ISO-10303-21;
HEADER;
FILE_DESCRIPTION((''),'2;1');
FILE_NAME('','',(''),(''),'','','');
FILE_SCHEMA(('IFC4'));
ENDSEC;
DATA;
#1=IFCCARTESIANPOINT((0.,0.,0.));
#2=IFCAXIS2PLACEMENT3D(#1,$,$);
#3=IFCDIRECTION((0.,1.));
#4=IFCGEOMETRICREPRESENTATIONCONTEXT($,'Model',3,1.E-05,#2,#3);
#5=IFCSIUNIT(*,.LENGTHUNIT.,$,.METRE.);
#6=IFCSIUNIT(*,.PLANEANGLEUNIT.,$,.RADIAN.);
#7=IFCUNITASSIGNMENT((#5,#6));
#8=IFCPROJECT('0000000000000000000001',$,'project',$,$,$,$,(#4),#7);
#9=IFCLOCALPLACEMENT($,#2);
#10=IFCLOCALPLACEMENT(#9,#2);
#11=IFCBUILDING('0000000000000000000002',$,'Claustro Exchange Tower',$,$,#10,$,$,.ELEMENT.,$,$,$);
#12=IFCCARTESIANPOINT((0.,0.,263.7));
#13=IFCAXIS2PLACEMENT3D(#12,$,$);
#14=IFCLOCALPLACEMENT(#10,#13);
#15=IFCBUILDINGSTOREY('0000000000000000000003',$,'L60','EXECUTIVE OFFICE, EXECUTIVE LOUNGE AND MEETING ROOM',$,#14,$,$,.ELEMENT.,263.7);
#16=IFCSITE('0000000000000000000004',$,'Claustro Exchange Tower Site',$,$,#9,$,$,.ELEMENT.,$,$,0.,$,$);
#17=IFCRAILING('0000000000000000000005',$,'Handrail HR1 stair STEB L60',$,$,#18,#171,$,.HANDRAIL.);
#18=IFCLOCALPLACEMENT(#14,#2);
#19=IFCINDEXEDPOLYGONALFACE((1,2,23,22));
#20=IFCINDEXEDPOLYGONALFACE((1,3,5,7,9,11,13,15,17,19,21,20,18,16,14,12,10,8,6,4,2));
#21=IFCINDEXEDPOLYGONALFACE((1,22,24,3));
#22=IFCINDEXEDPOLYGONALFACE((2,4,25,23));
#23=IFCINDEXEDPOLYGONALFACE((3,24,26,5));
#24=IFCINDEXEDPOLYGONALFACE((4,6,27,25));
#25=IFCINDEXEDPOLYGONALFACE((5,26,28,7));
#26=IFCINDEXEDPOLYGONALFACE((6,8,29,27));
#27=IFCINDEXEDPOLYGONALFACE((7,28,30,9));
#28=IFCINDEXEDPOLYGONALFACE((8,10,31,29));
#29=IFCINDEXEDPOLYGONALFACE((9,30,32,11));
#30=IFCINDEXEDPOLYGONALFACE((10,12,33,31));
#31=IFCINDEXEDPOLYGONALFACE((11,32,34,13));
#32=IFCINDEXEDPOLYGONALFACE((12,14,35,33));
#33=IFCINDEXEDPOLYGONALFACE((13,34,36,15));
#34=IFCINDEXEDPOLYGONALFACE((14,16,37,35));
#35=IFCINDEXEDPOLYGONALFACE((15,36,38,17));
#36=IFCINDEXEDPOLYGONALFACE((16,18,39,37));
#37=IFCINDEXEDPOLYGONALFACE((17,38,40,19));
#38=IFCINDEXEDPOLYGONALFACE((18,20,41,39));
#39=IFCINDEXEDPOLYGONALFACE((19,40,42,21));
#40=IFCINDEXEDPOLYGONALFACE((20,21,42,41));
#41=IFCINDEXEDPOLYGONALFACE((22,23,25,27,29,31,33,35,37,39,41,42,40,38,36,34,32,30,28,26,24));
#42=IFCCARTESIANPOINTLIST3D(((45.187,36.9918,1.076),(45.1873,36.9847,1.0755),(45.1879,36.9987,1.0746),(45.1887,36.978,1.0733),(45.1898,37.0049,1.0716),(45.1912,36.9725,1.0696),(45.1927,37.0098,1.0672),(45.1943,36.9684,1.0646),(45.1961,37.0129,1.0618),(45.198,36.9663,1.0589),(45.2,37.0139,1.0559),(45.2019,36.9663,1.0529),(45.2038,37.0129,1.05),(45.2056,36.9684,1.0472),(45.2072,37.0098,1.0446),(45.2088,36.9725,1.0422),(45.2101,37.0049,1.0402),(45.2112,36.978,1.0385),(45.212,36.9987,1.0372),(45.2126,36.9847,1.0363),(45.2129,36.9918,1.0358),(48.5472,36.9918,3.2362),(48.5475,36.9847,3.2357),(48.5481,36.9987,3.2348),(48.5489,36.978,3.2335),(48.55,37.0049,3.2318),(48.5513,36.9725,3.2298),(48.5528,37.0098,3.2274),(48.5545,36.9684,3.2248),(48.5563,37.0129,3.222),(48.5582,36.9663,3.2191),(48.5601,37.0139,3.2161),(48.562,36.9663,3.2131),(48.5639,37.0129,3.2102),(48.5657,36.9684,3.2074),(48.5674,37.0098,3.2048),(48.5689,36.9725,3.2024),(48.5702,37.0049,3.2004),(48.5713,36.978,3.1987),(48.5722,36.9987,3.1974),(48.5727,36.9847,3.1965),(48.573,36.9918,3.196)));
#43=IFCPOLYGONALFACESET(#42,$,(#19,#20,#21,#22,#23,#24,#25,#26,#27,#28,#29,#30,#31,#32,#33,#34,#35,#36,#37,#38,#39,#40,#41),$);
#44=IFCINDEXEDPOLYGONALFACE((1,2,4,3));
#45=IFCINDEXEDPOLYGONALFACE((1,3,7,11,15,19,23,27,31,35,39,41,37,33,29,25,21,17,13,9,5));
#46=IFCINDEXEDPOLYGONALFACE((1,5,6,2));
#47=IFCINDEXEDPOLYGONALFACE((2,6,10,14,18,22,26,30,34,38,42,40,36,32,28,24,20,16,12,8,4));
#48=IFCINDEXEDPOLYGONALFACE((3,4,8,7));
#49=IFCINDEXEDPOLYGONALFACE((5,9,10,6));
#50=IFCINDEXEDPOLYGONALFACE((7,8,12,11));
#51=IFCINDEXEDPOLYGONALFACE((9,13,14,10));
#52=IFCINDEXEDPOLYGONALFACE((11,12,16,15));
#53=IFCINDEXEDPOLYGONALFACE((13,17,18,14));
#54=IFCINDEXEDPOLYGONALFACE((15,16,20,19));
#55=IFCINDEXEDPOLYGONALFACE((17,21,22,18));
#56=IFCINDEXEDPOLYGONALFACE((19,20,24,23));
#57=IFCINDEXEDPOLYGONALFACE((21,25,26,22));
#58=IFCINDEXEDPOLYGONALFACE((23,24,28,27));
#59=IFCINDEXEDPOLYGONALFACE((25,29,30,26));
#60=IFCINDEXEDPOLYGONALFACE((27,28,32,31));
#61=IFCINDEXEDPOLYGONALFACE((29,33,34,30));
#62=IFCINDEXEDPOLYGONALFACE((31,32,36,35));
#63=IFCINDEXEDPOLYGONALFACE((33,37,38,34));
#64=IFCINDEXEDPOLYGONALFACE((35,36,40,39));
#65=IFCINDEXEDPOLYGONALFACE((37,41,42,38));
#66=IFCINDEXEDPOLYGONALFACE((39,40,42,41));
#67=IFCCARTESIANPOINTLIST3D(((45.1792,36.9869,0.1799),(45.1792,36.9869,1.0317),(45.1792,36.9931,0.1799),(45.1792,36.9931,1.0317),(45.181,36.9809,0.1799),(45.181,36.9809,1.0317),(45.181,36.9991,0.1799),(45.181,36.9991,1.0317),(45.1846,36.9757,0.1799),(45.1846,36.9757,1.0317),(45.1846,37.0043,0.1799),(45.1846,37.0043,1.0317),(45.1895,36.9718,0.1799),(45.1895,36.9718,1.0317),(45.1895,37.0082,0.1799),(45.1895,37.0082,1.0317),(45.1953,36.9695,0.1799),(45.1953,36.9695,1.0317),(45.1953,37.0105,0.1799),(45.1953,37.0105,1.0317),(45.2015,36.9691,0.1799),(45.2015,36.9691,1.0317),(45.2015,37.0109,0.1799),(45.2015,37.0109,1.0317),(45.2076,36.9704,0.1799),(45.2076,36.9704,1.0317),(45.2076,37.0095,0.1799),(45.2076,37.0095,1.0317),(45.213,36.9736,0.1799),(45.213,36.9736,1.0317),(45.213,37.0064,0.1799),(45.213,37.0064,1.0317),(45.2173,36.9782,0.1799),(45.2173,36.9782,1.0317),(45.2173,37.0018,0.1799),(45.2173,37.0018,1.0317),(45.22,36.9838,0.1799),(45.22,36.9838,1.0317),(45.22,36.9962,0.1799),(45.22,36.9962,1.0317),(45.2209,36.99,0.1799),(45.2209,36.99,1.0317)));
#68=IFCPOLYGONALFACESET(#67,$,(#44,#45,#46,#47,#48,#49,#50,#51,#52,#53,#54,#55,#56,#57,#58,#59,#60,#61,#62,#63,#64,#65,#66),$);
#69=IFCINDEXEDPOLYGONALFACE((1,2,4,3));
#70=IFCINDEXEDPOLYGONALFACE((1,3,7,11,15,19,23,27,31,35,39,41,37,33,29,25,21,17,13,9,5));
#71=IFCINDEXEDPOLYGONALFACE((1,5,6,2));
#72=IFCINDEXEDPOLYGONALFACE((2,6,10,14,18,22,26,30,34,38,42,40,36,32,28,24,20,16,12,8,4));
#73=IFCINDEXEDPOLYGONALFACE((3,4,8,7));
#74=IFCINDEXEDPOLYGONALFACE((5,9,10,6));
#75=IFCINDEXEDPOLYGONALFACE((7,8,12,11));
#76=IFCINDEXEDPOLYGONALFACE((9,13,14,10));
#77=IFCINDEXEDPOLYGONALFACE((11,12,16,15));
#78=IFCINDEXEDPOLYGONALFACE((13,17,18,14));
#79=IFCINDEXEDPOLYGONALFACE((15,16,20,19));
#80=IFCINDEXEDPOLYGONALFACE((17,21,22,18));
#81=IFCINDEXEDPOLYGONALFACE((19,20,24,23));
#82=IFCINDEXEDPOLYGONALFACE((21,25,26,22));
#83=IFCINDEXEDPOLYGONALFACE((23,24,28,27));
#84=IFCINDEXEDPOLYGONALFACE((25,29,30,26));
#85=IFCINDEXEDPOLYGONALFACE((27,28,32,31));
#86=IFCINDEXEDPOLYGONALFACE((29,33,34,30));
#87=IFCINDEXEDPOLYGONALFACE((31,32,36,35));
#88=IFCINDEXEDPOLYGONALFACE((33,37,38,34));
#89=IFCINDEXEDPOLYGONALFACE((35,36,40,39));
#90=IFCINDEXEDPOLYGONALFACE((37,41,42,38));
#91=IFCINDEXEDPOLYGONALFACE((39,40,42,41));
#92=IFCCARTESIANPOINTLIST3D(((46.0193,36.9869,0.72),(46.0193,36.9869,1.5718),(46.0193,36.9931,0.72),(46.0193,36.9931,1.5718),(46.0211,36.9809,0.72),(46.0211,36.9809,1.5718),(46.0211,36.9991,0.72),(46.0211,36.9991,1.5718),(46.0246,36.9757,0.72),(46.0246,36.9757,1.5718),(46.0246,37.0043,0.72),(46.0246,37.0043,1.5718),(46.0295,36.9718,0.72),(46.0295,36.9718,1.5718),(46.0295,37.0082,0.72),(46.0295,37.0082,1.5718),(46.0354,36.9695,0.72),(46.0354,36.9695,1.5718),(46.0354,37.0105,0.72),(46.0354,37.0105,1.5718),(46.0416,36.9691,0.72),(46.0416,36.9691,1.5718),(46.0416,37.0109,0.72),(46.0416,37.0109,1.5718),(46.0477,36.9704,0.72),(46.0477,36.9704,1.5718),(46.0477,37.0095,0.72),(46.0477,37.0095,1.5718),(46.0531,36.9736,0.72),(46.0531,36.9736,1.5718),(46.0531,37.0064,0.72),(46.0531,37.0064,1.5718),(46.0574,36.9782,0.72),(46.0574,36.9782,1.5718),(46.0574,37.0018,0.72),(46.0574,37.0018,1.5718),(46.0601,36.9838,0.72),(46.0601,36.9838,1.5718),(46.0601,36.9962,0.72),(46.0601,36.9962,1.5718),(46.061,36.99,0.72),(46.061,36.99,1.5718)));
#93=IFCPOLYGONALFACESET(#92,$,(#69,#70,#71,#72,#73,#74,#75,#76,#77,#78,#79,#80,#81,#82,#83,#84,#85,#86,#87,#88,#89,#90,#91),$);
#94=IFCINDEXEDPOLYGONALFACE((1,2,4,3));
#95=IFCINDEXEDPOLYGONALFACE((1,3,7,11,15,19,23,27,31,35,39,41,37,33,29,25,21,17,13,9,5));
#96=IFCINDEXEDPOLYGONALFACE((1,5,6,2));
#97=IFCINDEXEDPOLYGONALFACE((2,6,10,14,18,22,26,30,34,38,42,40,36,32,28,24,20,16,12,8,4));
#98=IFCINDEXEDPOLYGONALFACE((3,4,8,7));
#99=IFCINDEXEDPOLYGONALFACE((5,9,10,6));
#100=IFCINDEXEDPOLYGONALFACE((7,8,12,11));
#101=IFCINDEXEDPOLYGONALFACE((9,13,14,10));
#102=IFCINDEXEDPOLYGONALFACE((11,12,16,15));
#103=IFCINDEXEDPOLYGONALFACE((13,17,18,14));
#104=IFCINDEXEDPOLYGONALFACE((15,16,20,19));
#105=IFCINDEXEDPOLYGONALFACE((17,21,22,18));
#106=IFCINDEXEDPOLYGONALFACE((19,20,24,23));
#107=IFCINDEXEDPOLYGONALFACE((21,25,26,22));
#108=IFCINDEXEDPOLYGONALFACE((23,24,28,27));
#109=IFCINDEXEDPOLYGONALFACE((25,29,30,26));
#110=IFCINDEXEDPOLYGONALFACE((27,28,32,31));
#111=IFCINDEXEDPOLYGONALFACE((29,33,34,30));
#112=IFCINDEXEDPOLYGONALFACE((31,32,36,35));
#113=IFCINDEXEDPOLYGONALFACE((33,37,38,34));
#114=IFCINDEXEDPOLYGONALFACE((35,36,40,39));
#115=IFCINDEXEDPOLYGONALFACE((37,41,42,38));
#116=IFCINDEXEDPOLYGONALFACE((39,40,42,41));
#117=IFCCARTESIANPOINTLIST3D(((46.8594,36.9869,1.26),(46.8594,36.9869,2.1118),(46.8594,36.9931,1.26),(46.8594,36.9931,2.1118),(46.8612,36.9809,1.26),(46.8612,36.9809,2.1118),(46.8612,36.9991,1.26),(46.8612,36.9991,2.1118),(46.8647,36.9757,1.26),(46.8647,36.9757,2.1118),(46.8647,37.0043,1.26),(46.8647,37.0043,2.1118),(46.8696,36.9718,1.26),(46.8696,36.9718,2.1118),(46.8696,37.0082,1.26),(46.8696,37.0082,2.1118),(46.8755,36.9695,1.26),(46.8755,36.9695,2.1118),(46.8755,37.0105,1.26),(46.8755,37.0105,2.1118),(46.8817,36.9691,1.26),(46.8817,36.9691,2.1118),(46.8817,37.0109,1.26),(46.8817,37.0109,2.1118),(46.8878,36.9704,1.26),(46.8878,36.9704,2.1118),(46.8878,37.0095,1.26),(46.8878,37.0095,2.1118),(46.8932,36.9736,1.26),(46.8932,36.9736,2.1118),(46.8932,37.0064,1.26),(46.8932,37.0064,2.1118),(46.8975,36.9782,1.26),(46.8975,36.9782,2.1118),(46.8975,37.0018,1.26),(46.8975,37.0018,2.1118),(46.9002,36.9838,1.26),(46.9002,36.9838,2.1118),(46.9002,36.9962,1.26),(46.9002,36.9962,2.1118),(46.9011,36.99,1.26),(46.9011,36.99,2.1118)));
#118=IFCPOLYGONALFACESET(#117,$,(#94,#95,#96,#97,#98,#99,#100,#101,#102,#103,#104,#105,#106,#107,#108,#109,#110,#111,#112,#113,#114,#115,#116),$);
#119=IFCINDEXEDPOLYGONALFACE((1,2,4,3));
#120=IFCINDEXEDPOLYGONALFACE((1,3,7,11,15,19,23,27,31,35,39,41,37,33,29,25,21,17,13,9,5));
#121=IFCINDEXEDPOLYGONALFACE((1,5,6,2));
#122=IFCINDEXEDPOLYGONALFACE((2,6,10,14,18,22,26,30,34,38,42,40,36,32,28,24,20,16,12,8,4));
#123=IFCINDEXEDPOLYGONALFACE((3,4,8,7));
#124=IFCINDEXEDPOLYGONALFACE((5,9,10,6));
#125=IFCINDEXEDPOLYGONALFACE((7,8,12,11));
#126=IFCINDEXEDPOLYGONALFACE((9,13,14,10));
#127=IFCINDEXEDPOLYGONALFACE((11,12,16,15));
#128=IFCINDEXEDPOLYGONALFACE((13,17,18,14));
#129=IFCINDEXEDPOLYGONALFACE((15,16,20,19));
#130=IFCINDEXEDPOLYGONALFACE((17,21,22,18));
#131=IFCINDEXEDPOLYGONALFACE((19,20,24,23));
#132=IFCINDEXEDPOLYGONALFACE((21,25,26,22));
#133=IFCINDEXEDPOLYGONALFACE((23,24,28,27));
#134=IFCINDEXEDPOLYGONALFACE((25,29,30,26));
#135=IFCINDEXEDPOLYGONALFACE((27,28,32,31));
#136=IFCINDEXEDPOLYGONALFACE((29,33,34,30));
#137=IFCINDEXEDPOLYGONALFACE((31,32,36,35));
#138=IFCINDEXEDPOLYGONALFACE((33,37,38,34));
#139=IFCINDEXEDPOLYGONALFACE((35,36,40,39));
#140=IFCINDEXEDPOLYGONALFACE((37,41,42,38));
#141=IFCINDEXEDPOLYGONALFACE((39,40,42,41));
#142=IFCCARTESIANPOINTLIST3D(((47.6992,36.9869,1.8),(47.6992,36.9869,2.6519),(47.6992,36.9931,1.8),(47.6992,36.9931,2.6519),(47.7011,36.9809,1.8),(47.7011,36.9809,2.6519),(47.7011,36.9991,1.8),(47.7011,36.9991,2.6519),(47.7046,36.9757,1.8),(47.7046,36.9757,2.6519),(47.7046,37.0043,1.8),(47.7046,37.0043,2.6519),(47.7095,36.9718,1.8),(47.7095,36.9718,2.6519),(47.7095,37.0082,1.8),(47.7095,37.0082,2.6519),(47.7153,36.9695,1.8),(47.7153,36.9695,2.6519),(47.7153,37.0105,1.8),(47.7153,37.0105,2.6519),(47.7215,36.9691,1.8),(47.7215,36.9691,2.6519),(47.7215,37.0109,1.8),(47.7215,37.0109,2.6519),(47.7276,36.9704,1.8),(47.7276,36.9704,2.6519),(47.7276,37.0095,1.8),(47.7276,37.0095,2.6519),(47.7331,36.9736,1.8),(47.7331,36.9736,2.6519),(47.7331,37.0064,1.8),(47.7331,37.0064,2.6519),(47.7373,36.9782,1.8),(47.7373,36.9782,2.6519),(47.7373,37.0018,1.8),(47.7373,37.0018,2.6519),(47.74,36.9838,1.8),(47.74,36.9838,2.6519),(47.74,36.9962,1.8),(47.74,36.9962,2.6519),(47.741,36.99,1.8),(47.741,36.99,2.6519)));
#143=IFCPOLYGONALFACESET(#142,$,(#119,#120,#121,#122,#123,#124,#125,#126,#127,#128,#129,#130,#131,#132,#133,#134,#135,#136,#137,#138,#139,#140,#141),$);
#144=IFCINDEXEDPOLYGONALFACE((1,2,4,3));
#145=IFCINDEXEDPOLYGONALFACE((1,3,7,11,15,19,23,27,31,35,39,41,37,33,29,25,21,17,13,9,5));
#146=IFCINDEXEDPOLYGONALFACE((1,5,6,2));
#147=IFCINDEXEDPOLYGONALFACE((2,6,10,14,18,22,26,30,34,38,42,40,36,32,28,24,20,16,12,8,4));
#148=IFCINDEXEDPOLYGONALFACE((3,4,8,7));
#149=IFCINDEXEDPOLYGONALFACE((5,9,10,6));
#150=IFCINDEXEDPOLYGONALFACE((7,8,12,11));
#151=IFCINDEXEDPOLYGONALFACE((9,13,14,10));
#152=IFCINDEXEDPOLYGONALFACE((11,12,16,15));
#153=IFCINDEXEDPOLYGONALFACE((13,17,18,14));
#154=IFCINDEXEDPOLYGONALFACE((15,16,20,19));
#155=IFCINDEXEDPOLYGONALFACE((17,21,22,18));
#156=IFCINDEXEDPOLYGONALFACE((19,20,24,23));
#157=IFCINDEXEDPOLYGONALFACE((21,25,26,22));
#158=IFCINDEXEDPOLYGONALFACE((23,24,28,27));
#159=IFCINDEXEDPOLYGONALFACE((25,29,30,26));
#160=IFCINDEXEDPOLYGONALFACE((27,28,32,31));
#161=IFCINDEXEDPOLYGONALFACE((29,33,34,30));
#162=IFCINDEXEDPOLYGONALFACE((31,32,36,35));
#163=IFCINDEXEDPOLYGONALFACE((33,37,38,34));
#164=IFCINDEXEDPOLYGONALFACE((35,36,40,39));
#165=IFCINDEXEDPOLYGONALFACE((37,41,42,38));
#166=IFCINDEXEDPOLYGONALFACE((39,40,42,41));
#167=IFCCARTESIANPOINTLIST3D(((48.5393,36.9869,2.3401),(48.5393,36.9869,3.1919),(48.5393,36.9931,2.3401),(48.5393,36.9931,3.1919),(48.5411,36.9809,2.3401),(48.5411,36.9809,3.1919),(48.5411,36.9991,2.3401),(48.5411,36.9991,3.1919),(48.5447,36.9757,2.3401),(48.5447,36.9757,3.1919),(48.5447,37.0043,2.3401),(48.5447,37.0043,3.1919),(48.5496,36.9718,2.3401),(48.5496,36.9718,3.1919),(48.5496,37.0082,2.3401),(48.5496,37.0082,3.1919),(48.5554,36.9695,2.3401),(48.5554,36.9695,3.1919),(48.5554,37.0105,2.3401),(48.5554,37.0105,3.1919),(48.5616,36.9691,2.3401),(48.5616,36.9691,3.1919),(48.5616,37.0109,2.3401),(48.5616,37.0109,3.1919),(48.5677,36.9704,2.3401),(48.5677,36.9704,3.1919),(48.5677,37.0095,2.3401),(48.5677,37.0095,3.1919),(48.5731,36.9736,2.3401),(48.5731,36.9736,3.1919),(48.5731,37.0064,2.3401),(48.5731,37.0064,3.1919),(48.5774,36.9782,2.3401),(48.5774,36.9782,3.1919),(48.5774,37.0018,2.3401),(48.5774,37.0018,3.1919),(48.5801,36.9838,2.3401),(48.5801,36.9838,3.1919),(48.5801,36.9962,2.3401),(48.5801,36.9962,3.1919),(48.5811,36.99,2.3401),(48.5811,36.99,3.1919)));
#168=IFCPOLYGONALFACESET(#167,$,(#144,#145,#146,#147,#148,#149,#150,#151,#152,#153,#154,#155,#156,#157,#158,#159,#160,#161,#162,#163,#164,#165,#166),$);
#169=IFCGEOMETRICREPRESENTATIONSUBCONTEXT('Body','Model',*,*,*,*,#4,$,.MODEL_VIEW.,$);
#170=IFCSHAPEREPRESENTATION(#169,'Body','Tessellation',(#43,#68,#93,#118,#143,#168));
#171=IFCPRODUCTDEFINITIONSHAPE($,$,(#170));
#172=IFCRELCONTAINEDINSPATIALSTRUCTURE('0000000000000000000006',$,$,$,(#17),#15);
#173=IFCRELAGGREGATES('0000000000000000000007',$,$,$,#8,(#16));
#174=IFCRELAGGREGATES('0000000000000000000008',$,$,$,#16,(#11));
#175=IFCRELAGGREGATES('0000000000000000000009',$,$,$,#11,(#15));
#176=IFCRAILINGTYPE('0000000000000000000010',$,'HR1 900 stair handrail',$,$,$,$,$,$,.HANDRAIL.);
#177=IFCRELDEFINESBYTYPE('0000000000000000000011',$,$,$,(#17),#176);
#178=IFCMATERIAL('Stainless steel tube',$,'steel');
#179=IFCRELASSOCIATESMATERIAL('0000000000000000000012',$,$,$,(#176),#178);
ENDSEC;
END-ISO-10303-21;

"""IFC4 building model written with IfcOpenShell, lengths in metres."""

from ifc_helpers import new_model, si_unit, direction, frame, origin, origin_2d, place, context, subcontext, project, spatial, circle, extrude, material, type_object, element, save


model = new_model("IFC4")

# Units and contexts
model_context = context("Model", 3, precision=1e-05, world=origin(), true_north=direction((0.0, 1.0)))
body_context = subcontext(model_context, "Body", "Model", "MODEL_VIEW")
ifc_project = project(units=[si_unit("LENGTHUNIT", "METRE"), si_unit("PLANEANGLEUNIT", "RADIAN")], contexts=[model_context])

# Site, building, storey
site_placement = place(None, origin())
site = spatial("IfcSite", under=ifc_project, at=site_placement, Name="Claustro Exchange Tower Site", CompositionType="ELEMENT", RefElevation=0.0)
building_placement = place(site_placement, origin())
building = spatial("IfcBuilding", under=site, at=building_placement, Name="Claustro Exchange Tower", CompositionType="ELEMENT")
storey_placement = place(building_placement, frame((0.0, 0.0, 263.7)))
storey = spatial("IfcBuildingStorey", under=building, at=storey_placement, Name="L60", Description="EXECUTIVE OFFICE, EXECUTIVE LOUNGE AND MEETING ROOM", CompositionType="ELEMENT", Elevation=263.7)

# Railing
ifc_material_1 = material(Name="Stainless steel tube", Category="steel")
railing_type_1 = type_object("IfcRailingType", Name="HR1 900 stair handrail", PredefinedType="HANDRAIL", material=ifc_material_1)
railing_1_placement = place(storey_placement, frame((45.2, 36.99, 0.1799)))
element("IfcRailing", 1, at=railing_1_placement, inside=storey, type_object=railing_type_1, Name="Handrail HR1 stair STEB L60", PredefinedType="HANDRAIL", context=body_context, shape_type="SweptSolid", body=[
    extrude(circle(Radius=0.0239, at=origin_2d()), frame((0.0, 0.0, 0.876), z_axis=(0.841169, 0.0, 0.540773), x_axis=(0.0, 1.0, 0.0)), (0.0, 0.0, 1.0), 3.9946),
    extrude(circle(Radius=0.021, at=origin_2d()), origin(), (0.0, 0.0, 1.0), 0.8518),
    extrude(circle(Radius=0.021, at=origin_2d()), frame((0.8401, 0.0, 0.54)), (0.0, 0.0, 1.0), 0.8518),
    extrude(circle(Radius=0.021, at=origin_2d()), frame((1.6802, 0.0, 1.0801)), (0.0, 0.0, 1.0), 0.8518),
    extrude(circle(Radius=0.021, at=origin_2d()), frame((2.52, 0.0, 1.6201)), (0.0, 0.0, 1.0), 0.8518),
    extrude(circle(Radius=0.021, at=origin_2d()), frame((3.3601, 0.0, 2.1602)), (0.0, 0.0, 1.0), 0.8518),
])

save(model, "model.ifc")
